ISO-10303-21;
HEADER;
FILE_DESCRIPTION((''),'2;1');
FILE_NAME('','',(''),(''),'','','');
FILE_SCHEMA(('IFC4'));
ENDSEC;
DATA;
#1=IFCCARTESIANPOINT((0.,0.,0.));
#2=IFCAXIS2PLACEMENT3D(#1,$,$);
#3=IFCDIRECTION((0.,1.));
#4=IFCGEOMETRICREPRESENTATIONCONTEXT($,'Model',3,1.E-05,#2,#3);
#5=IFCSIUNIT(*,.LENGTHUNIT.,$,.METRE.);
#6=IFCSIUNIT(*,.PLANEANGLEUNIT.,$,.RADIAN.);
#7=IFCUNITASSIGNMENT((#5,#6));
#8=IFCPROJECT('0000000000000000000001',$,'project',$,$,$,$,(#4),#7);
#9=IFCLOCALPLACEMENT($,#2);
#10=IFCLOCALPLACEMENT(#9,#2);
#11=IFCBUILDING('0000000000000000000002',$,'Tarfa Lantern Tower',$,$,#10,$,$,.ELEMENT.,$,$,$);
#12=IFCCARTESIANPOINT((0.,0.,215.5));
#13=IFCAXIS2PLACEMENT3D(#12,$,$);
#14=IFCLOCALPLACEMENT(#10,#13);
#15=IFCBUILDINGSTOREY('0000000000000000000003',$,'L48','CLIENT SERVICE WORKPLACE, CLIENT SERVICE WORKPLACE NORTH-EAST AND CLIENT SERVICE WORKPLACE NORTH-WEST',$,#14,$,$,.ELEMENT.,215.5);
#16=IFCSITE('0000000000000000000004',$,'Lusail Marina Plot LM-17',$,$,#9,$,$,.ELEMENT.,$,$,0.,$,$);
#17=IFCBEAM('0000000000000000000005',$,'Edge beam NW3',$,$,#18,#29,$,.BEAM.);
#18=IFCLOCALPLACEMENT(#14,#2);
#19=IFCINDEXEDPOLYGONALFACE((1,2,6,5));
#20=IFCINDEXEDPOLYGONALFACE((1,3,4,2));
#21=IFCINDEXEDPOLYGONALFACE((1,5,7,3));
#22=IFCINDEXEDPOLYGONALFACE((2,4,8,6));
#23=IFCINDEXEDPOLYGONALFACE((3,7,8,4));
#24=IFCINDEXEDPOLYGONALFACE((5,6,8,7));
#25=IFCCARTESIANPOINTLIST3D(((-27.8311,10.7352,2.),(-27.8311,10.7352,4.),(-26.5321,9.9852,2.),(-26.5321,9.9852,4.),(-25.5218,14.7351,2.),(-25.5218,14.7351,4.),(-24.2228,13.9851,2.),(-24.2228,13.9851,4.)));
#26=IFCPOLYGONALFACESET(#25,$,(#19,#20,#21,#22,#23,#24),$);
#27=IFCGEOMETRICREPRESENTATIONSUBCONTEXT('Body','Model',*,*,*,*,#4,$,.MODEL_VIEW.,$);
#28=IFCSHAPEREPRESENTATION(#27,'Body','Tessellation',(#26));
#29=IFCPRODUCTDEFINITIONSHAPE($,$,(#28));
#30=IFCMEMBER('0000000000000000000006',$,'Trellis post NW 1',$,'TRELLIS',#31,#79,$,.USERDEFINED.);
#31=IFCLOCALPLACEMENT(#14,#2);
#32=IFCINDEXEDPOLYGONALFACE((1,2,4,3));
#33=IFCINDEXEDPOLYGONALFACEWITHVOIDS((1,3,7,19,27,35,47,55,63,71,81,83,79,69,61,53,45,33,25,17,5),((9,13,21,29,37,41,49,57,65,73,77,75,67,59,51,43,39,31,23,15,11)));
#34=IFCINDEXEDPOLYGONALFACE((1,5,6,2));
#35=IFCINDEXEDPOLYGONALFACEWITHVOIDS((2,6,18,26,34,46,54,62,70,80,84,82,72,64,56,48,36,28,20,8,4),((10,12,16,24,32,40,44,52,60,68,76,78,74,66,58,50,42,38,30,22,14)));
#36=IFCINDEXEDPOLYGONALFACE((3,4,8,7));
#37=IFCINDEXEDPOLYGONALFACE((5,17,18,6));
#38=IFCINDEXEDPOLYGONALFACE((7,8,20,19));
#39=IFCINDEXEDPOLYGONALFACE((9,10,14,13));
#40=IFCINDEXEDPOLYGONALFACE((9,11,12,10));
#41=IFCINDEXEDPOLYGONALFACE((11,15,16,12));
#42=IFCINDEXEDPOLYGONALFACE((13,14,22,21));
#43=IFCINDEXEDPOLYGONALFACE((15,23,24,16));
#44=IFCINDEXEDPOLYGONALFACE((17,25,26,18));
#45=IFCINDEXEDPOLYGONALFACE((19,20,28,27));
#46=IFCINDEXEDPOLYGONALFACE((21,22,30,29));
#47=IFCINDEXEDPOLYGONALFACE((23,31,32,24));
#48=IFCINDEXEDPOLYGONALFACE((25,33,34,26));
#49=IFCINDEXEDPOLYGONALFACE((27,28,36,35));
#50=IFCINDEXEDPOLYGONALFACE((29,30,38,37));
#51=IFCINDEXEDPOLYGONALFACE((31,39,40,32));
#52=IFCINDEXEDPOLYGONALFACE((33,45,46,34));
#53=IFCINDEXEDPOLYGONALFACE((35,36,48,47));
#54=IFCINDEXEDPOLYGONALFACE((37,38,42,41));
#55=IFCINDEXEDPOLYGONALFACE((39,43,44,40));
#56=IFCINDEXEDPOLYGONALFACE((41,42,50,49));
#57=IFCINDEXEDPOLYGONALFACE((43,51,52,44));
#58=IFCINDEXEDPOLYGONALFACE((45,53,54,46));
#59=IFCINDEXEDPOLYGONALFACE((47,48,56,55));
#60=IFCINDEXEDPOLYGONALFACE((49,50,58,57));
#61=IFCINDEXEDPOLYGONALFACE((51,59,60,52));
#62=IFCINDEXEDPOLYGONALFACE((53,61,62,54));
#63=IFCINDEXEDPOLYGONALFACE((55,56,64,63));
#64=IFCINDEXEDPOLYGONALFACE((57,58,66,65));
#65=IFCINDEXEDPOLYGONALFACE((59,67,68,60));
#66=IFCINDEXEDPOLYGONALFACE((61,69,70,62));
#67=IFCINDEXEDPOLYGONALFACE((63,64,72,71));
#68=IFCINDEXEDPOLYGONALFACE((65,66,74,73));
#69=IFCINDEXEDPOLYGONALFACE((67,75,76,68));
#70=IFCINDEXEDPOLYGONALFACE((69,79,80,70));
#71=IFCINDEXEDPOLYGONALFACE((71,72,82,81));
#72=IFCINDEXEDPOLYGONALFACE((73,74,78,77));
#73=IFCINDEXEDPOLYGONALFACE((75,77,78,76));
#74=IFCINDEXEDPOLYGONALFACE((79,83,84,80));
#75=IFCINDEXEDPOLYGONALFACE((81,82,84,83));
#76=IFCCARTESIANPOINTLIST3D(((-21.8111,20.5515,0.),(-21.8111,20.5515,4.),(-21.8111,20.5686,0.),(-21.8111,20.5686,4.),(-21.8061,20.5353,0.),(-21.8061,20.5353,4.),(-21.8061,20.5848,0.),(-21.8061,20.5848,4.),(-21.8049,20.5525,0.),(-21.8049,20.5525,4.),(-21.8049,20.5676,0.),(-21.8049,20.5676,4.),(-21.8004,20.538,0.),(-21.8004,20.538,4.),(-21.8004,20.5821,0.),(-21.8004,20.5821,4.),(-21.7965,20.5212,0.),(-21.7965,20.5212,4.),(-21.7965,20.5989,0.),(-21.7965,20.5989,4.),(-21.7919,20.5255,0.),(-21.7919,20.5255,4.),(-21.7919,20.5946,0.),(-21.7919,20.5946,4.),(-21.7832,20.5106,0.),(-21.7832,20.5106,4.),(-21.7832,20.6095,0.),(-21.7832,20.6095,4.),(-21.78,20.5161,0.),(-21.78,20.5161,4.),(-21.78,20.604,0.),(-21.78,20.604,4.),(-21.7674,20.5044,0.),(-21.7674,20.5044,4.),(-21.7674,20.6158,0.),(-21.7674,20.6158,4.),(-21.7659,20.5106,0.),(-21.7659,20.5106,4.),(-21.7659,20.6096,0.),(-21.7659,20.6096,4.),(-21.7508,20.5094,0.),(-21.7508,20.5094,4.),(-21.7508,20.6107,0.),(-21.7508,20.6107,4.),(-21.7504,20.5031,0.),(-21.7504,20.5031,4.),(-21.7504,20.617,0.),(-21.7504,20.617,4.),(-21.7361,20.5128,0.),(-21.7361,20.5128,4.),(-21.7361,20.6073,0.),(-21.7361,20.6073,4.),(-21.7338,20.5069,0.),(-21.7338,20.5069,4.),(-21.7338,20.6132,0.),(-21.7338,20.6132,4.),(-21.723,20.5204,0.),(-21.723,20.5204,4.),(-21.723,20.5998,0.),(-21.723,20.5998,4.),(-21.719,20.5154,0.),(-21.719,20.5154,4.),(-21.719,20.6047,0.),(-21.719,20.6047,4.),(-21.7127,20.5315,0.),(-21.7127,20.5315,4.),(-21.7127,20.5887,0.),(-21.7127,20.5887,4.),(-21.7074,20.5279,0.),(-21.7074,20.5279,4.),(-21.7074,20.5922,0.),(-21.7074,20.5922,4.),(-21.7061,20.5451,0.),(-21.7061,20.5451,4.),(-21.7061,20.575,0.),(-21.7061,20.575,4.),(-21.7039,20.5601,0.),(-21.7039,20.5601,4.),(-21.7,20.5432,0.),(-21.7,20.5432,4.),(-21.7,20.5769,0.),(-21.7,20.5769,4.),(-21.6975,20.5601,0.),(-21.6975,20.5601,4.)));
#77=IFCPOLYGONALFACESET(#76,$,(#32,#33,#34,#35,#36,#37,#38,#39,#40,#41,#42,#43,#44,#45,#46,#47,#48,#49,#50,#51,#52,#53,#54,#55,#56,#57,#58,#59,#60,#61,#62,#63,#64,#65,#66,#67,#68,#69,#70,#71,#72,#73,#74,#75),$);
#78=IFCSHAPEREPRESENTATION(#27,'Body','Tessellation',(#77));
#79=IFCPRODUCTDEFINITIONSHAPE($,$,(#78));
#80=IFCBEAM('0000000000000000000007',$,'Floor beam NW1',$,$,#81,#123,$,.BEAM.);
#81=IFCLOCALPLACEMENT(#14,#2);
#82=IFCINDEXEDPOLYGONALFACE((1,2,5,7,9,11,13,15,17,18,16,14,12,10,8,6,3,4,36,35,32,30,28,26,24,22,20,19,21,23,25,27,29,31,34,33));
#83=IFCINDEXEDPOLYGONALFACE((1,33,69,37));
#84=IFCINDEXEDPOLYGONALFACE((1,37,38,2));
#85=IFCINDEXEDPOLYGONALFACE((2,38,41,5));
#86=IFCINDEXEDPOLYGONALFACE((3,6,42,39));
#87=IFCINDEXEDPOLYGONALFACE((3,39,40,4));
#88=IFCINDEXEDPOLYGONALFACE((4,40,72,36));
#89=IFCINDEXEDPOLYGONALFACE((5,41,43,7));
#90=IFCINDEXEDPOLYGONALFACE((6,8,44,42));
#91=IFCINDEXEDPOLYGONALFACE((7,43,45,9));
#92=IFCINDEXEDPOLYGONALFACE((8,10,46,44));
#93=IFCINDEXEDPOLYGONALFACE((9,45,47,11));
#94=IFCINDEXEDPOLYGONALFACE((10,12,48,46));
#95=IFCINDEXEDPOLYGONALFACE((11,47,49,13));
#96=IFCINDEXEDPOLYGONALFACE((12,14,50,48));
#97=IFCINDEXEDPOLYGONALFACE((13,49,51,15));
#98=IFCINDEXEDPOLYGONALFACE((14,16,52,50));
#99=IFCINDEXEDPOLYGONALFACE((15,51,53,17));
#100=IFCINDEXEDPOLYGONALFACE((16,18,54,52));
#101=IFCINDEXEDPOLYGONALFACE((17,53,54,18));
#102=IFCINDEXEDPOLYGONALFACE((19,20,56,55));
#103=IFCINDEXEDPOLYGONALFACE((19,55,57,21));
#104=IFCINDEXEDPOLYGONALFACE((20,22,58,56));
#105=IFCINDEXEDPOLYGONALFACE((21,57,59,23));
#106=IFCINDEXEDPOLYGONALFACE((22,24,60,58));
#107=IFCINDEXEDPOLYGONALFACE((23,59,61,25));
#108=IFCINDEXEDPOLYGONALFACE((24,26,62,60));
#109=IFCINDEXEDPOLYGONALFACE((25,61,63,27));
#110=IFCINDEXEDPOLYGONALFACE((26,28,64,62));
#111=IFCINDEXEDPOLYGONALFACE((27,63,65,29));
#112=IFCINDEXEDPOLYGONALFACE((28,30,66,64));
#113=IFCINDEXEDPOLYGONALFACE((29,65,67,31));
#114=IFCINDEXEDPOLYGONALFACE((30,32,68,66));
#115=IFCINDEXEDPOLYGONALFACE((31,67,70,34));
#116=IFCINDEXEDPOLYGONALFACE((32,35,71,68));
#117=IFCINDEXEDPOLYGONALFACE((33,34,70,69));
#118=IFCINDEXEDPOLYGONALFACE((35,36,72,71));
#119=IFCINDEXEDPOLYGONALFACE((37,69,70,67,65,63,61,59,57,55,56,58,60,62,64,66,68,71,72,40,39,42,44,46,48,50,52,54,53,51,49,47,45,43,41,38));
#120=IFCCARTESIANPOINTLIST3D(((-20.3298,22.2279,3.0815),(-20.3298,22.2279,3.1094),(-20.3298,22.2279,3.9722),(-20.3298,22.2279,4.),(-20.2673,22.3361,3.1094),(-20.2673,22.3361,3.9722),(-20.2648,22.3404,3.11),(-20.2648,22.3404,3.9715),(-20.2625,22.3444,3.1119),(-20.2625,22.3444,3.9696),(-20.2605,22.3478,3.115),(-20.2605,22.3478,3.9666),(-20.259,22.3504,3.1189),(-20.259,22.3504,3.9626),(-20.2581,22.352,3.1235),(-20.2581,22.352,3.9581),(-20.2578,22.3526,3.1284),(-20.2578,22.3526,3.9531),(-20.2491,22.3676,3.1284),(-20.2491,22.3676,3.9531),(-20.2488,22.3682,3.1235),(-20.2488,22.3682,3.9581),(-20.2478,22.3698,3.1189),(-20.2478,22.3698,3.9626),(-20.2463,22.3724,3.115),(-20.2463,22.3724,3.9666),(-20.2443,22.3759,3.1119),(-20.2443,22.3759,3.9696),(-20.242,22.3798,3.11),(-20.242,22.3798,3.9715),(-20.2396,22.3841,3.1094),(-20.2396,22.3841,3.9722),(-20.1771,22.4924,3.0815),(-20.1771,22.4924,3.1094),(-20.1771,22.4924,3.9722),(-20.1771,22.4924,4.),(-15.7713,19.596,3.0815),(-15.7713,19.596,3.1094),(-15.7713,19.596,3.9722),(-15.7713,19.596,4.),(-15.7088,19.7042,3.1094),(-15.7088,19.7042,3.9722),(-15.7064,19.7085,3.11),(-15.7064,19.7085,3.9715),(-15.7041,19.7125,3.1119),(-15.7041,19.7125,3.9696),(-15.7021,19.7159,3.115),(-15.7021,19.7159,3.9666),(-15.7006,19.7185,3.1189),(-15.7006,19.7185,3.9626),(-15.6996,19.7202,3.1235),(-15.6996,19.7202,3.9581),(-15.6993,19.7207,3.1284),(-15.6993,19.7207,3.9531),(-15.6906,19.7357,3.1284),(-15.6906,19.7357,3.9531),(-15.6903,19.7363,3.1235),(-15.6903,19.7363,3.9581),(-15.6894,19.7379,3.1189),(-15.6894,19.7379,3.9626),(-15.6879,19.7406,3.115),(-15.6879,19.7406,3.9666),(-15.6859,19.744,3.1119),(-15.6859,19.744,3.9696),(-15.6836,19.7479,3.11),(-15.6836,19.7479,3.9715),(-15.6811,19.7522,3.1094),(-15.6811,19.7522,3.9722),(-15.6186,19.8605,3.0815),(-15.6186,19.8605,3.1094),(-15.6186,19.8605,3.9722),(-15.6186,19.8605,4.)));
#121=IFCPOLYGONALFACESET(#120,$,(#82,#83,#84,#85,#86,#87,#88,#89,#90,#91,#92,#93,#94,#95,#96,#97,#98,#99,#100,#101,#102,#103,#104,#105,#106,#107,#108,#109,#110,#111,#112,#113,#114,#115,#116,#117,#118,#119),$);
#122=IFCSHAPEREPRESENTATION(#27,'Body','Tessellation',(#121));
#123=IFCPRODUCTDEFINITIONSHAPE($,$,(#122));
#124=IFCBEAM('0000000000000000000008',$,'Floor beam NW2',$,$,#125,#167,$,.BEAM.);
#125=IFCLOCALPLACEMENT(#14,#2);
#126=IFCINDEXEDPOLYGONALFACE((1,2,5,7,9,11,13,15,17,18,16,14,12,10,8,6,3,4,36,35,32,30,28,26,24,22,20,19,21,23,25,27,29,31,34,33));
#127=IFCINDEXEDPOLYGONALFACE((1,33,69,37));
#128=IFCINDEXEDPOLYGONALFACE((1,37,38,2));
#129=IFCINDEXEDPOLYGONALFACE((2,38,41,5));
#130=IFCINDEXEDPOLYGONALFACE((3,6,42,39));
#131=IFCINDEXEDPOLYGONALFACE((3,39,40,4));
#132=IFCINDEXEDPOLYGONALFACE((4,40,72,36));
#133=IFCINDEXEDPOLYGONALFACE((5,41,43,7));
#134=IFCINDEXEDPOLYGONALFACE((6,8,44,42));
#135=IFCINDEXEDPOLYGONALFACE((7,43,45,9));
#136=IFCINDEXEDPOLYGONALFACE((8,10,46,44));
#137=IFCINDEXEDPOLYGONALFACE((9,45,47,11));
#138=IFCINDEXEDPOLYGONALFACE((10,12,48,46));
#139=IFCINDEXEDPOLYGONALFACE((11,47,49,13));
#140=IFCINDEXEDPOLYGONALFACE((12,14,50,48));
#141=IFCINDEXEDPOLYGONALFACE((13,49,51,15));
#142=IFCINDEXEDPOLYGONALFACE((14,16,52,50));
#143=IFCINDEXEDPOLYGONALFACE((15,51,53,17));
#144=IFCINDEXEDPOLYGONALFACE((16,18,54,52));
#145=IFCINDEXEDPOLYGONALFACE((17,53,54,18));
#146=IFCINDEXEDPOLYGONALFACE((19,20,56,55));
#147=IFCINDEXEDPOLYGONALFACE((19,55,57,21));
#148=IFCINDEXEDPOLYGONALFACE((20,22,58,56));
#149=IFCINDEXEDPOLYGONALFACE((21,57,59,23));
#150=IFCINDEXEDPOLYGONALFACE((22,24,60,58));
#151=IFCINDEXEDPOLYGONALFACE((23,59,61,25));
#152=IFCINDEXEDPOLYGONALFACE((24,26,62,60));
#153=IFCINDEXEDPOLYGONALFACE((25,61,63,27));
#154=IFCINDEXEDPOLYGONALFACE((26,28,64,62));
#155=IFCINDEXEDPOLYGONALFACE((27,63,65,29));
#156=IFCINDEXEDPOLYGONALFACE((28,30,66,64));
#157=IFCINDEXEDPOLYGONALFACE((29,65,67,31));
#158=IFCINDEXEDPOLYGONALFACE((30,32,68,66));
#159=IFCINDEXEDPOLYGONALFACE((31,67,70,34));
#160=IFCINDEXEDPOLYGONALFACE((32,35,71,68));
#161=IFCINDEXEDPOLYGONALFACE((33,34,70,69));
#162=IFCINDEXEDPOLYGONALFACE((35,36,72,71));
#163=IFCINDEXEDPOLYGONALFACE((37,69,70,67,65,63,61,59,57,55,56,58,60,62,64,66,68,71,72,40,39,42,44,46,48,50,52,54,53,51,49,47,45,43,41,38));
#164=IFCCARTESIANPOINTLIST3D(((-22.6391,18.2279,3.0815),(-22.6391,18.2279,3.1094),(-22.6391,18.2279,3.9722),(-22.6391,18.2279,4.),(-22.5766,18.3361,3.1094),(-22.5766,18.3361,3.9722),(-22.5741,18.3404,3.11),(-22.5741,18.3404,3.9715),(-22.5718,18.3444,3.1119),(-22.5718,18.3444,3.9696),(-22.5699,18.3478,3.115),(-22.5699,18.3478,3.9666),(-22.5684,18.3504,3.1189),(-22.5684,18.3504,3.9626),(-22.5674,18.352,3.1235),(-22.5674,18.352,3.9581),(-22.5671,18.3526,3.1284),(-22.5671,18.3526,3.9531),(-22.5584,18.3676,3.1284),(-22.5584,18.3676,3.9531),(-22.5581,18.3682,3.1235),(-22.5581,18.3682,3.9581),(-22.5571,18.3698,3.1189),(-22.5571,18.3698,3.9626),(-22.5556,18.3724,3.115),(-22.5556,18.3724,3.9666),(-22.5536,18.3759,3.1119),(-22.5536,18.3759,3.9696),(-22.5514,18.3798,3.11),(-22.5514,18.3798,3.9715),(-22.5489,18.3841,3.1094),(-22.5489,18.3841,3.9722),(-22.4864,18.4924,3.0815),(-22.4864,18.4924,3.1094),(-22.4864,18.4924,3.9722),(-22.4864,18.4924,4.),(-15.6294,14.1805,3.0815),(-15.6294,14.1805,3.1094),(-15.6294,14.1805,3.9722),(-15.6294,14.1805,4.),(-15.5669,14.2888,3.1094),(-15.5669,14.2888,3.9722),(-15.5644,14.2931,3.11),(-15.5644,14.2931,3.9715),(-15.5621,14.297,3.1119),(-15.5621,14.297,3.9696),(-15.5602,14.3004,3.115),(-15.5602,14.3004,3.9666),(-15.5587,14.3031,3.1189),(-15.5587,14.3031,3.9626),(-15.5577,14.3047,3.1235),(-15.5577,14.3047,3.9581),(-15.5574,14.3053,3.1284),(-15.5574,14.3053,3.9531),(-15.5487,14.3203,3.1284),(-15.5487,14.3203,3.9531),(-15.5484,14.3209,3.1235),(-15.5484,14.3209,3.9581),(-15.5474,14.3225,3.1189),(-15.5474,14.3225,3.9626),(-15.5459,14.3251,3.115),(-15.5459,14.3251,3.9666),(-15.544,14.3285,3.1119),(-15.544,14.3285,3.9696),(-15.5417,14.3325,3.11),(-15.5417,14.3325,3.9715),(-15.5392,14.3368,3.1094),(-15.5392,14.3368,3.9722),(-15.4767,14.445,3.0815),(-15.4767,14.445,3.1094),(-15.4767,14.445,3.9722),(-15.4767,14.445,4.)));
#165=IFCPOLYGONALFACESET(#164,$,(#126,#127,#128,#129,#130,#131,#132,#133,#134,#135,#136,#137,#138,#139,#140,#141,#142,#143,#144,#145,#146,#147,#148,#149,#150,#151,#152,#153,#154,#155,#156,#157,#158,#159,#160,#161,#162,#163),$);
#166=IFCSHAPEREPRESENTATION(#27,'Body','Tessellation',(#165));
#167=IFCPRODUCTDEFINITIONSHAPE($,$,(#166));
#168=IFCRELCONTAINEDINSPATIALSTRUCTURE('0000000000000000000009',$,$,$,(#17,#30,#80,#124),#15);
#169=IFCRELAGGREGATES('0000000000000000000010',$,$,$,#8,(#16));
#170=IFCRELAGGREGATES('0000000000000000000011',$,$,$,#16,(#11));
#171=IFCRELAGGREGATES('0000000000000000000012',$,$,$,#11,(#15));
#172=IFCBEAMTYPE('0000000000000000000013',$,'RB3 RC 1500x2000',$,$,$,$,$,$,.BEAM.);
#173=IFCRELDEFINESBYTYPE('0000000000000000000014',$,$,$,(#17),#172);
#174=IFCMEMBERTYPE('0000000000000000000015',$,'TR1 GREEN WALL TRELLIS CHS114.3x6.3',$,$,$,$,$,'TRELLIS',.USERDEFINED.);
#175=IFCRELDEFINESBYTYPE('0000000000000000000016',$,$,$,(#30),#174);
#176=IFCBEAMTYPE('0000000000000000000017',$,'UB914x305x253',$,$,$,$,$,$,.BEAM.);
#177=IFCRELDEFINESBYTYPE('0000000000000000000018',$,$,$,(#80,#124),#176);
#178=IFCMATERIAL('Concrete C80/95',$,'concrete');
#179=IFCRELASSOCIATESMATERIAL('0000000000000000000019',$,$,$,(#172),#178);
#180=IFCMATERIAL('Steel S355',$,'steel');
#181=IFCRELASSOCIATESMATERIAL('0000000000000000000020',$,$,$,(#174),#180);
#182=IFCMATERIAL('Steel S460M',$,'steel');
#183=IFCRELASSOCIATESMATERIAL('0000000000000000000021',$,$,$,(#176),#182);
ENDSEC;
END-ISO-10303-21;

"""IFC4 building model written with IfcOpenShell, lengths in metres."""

from ifc_helpers import new_model, si_unit, direction, frame, origin, origin_2d, place, context, subcontext, project, spatial, rectangle, hollow_circle, i_section, extrude, material, material_profile, profile_set, type_object, element, save


model = new_model("IFC4")

# Units and contexts
model_context = context("Model", 3, precision=1e-05, world=origin(), true_north=direction((0.0, 1.0)))
body_context = subcontext(model_context, "Body", "Model", "MODEL_VIEW")
ifc_project = project(units=[si_unit("LENGTHUNIT", "METRE"), si_unit("PLANEANGLEUNIT", "RADIAN")], contexts=[model_context])

# Site, building, storey
site_placement = place(None, origin())
site = spatial("IfcSite", under=ifc_project, at=site_placement, Name="Lusail Marina Plot LM-17", CompositionType="ELEMENT", RefElevation=0.0)
building_placement = place(site_placement, origin())
building = spatial("IfcBuilding", under=site, at=building_placement, Name="Tarfa Lantern Tower", CompositionType="ELEMENT")
storey_placement = place(building_placement, frame((0.0, 0.0, 215.5)))
storey = spatial("IfcBuildingStorey", under=building, at=storey_placement, Name="L48", Description="CLIENT SERVICE WORKPLACE, CLIENT SERVICE WORKPLACE NORTH-EAST AND CLIENT SERVICE WORKPLACE NORTH-WEST", CompositionType="ELEMENT", Elevation=215.5)

# Shared definitions
ifc_material_1 = material(Name="Steel S460M", Category="steel")

# Beam
ifc_material_2 = material(Name="Concrete C80/95", Category="concrete")
ifc_material_profile_1 = material_profile(ifc_material_2, rectangle(XDim=1.5, YDim=2.0, at=origin_2d()), Name="RC 1500x2000")
ifc_profile_set_1 = profile_set([ifc_material_profile_1], Name="Concrete C80/95")
beam_type_1 = type_object("IfcBeamType", Name="RB3 RC 1500x2000", PredefinedType="BEAM", material=ifc_profile_set_1)
beam_1_placement = place(storey_placement, frame((-24.8723, 14.3601, 3.0), z_axis=(-0.499988, -0.866032, 0.0), x_axis=(0.866032, -0.499988, 0.0)))
element("IfcBeam", 1, at=beam_1_placement, inside=storey, type_object=beam_type_1, Name="Edge beam NW3", PredefinedType="BEAM", context=body_context, shape_type="SweptSolid", body=[
    extrude(rectangle(XDim=1.5, YDim=2.0, at=origin_2d()), origin(), (0.0, 0.0, 1.0), 4.6187),
])

# Member
ifc_material_3 = material(Name="Steel S355", Category="steel")
ifc_material_profile_2 = material_profile(ifc_material_3, hollow_circle(Radius=0.0571, WallThickness=0.0063, at=origin_2d()), Name="CHS114.3x6.3")
ifc_profile_set_2 = profile_set([ifc_material_profile_2], Name="Steel S355")
member_type_1 = type_object("IfcMemberType", Name="TR1 GREEN WALL TRELLIS CHS114.3x6.3", ElementType="TRELLIS", PredefinedType="USERDEFINED", material=ifc_profile_set_2)
member_1_placement = place(storey_placement, frame((-21.7546, 20.5601, 0.0), z_axis=(0.0, 0.0, 1.0), x_axis=(1.0, 0.0, 0.0)))
element("IfcMember", 2, at=member_1_placement, inside=storey, type_object=member_type_1, Name="Trellis post NW 1", ObjectType="TRELLIS", PredefinedType="USERDEFINED", context=body_context, shape_type="SweptSolid", body=[
    extrude(hollow_circle(Radius=0.0571, WallThickness=0.0063, at=origin_2d()), origin(), (0.0, 0.0, 1.0), 4.0),
])

# Beams
ifc_material_profile_3 = material_profile(ifc_material_1, i_section(OverallWidth=0.3054, OverallDepth=0.9185, WebThickness=0.0173, FlangeThickness=0.0278, FilletRadius=0.019, at=origin_2d()), Name="UB914x305x253")
ifc_profile_set_3 = profile_set([ifc_material_profile_3], Name="Steel S460M")
beam_type_2 = type_object("IfcBeamType", Name="UB914x305x253", PredefinedType="BEAM", material=ifc_profile_set_3)
beam_2_placement = place(storey_placement, frame((-20.2534, 22.3601, 3.5408), z_axis=(0.86602, -0.50001, 0.0), x_axis=(0.50001, 0.86602, 0.0)))
element("IfcBeam", 3, at=beam_2_placement, inside=storey, type_object=beam_type_2, Name="Floor beam NW1", PredefinedType="BEAM", context=body_context, shape_type="SweptSolid", body=[
    extrude(i_section(OverallWidth=0.3054, OverallDepth=0.9185, WebThickness=0.0173, FlangeThickness=0.0278, FilletRadius=0.019, at=origin_2d()), origin(), (0.0, 0.0, 1.0), 5.2637),
])
beam_3_placement = place(storey_placement, frame((-22.5627, 18.3601, 3.5408), z_axis=(0.866011, -0.500025, 0.0), x_axis=(0.500025, 0.866011, 0.0)))
element("IfcBeam", 4, at=beam_3_placement, inside=storey, type_object=beam_type_2, Name="Floor beam NW2", PredefinedType="BEAM", context=body_context, shape_type="SweptSolid", body=[
    extrude(i_section(OverallWidth=0.3054, OverallDepth=0.9185, WebThickness=0.0173, FlangeThickness=0.0278, FilletRadius=0.019, at=origin_2d()), origin(), (0.0, 0.0, 1.0), 8.0942),
])

save(model, "model.ifc")
